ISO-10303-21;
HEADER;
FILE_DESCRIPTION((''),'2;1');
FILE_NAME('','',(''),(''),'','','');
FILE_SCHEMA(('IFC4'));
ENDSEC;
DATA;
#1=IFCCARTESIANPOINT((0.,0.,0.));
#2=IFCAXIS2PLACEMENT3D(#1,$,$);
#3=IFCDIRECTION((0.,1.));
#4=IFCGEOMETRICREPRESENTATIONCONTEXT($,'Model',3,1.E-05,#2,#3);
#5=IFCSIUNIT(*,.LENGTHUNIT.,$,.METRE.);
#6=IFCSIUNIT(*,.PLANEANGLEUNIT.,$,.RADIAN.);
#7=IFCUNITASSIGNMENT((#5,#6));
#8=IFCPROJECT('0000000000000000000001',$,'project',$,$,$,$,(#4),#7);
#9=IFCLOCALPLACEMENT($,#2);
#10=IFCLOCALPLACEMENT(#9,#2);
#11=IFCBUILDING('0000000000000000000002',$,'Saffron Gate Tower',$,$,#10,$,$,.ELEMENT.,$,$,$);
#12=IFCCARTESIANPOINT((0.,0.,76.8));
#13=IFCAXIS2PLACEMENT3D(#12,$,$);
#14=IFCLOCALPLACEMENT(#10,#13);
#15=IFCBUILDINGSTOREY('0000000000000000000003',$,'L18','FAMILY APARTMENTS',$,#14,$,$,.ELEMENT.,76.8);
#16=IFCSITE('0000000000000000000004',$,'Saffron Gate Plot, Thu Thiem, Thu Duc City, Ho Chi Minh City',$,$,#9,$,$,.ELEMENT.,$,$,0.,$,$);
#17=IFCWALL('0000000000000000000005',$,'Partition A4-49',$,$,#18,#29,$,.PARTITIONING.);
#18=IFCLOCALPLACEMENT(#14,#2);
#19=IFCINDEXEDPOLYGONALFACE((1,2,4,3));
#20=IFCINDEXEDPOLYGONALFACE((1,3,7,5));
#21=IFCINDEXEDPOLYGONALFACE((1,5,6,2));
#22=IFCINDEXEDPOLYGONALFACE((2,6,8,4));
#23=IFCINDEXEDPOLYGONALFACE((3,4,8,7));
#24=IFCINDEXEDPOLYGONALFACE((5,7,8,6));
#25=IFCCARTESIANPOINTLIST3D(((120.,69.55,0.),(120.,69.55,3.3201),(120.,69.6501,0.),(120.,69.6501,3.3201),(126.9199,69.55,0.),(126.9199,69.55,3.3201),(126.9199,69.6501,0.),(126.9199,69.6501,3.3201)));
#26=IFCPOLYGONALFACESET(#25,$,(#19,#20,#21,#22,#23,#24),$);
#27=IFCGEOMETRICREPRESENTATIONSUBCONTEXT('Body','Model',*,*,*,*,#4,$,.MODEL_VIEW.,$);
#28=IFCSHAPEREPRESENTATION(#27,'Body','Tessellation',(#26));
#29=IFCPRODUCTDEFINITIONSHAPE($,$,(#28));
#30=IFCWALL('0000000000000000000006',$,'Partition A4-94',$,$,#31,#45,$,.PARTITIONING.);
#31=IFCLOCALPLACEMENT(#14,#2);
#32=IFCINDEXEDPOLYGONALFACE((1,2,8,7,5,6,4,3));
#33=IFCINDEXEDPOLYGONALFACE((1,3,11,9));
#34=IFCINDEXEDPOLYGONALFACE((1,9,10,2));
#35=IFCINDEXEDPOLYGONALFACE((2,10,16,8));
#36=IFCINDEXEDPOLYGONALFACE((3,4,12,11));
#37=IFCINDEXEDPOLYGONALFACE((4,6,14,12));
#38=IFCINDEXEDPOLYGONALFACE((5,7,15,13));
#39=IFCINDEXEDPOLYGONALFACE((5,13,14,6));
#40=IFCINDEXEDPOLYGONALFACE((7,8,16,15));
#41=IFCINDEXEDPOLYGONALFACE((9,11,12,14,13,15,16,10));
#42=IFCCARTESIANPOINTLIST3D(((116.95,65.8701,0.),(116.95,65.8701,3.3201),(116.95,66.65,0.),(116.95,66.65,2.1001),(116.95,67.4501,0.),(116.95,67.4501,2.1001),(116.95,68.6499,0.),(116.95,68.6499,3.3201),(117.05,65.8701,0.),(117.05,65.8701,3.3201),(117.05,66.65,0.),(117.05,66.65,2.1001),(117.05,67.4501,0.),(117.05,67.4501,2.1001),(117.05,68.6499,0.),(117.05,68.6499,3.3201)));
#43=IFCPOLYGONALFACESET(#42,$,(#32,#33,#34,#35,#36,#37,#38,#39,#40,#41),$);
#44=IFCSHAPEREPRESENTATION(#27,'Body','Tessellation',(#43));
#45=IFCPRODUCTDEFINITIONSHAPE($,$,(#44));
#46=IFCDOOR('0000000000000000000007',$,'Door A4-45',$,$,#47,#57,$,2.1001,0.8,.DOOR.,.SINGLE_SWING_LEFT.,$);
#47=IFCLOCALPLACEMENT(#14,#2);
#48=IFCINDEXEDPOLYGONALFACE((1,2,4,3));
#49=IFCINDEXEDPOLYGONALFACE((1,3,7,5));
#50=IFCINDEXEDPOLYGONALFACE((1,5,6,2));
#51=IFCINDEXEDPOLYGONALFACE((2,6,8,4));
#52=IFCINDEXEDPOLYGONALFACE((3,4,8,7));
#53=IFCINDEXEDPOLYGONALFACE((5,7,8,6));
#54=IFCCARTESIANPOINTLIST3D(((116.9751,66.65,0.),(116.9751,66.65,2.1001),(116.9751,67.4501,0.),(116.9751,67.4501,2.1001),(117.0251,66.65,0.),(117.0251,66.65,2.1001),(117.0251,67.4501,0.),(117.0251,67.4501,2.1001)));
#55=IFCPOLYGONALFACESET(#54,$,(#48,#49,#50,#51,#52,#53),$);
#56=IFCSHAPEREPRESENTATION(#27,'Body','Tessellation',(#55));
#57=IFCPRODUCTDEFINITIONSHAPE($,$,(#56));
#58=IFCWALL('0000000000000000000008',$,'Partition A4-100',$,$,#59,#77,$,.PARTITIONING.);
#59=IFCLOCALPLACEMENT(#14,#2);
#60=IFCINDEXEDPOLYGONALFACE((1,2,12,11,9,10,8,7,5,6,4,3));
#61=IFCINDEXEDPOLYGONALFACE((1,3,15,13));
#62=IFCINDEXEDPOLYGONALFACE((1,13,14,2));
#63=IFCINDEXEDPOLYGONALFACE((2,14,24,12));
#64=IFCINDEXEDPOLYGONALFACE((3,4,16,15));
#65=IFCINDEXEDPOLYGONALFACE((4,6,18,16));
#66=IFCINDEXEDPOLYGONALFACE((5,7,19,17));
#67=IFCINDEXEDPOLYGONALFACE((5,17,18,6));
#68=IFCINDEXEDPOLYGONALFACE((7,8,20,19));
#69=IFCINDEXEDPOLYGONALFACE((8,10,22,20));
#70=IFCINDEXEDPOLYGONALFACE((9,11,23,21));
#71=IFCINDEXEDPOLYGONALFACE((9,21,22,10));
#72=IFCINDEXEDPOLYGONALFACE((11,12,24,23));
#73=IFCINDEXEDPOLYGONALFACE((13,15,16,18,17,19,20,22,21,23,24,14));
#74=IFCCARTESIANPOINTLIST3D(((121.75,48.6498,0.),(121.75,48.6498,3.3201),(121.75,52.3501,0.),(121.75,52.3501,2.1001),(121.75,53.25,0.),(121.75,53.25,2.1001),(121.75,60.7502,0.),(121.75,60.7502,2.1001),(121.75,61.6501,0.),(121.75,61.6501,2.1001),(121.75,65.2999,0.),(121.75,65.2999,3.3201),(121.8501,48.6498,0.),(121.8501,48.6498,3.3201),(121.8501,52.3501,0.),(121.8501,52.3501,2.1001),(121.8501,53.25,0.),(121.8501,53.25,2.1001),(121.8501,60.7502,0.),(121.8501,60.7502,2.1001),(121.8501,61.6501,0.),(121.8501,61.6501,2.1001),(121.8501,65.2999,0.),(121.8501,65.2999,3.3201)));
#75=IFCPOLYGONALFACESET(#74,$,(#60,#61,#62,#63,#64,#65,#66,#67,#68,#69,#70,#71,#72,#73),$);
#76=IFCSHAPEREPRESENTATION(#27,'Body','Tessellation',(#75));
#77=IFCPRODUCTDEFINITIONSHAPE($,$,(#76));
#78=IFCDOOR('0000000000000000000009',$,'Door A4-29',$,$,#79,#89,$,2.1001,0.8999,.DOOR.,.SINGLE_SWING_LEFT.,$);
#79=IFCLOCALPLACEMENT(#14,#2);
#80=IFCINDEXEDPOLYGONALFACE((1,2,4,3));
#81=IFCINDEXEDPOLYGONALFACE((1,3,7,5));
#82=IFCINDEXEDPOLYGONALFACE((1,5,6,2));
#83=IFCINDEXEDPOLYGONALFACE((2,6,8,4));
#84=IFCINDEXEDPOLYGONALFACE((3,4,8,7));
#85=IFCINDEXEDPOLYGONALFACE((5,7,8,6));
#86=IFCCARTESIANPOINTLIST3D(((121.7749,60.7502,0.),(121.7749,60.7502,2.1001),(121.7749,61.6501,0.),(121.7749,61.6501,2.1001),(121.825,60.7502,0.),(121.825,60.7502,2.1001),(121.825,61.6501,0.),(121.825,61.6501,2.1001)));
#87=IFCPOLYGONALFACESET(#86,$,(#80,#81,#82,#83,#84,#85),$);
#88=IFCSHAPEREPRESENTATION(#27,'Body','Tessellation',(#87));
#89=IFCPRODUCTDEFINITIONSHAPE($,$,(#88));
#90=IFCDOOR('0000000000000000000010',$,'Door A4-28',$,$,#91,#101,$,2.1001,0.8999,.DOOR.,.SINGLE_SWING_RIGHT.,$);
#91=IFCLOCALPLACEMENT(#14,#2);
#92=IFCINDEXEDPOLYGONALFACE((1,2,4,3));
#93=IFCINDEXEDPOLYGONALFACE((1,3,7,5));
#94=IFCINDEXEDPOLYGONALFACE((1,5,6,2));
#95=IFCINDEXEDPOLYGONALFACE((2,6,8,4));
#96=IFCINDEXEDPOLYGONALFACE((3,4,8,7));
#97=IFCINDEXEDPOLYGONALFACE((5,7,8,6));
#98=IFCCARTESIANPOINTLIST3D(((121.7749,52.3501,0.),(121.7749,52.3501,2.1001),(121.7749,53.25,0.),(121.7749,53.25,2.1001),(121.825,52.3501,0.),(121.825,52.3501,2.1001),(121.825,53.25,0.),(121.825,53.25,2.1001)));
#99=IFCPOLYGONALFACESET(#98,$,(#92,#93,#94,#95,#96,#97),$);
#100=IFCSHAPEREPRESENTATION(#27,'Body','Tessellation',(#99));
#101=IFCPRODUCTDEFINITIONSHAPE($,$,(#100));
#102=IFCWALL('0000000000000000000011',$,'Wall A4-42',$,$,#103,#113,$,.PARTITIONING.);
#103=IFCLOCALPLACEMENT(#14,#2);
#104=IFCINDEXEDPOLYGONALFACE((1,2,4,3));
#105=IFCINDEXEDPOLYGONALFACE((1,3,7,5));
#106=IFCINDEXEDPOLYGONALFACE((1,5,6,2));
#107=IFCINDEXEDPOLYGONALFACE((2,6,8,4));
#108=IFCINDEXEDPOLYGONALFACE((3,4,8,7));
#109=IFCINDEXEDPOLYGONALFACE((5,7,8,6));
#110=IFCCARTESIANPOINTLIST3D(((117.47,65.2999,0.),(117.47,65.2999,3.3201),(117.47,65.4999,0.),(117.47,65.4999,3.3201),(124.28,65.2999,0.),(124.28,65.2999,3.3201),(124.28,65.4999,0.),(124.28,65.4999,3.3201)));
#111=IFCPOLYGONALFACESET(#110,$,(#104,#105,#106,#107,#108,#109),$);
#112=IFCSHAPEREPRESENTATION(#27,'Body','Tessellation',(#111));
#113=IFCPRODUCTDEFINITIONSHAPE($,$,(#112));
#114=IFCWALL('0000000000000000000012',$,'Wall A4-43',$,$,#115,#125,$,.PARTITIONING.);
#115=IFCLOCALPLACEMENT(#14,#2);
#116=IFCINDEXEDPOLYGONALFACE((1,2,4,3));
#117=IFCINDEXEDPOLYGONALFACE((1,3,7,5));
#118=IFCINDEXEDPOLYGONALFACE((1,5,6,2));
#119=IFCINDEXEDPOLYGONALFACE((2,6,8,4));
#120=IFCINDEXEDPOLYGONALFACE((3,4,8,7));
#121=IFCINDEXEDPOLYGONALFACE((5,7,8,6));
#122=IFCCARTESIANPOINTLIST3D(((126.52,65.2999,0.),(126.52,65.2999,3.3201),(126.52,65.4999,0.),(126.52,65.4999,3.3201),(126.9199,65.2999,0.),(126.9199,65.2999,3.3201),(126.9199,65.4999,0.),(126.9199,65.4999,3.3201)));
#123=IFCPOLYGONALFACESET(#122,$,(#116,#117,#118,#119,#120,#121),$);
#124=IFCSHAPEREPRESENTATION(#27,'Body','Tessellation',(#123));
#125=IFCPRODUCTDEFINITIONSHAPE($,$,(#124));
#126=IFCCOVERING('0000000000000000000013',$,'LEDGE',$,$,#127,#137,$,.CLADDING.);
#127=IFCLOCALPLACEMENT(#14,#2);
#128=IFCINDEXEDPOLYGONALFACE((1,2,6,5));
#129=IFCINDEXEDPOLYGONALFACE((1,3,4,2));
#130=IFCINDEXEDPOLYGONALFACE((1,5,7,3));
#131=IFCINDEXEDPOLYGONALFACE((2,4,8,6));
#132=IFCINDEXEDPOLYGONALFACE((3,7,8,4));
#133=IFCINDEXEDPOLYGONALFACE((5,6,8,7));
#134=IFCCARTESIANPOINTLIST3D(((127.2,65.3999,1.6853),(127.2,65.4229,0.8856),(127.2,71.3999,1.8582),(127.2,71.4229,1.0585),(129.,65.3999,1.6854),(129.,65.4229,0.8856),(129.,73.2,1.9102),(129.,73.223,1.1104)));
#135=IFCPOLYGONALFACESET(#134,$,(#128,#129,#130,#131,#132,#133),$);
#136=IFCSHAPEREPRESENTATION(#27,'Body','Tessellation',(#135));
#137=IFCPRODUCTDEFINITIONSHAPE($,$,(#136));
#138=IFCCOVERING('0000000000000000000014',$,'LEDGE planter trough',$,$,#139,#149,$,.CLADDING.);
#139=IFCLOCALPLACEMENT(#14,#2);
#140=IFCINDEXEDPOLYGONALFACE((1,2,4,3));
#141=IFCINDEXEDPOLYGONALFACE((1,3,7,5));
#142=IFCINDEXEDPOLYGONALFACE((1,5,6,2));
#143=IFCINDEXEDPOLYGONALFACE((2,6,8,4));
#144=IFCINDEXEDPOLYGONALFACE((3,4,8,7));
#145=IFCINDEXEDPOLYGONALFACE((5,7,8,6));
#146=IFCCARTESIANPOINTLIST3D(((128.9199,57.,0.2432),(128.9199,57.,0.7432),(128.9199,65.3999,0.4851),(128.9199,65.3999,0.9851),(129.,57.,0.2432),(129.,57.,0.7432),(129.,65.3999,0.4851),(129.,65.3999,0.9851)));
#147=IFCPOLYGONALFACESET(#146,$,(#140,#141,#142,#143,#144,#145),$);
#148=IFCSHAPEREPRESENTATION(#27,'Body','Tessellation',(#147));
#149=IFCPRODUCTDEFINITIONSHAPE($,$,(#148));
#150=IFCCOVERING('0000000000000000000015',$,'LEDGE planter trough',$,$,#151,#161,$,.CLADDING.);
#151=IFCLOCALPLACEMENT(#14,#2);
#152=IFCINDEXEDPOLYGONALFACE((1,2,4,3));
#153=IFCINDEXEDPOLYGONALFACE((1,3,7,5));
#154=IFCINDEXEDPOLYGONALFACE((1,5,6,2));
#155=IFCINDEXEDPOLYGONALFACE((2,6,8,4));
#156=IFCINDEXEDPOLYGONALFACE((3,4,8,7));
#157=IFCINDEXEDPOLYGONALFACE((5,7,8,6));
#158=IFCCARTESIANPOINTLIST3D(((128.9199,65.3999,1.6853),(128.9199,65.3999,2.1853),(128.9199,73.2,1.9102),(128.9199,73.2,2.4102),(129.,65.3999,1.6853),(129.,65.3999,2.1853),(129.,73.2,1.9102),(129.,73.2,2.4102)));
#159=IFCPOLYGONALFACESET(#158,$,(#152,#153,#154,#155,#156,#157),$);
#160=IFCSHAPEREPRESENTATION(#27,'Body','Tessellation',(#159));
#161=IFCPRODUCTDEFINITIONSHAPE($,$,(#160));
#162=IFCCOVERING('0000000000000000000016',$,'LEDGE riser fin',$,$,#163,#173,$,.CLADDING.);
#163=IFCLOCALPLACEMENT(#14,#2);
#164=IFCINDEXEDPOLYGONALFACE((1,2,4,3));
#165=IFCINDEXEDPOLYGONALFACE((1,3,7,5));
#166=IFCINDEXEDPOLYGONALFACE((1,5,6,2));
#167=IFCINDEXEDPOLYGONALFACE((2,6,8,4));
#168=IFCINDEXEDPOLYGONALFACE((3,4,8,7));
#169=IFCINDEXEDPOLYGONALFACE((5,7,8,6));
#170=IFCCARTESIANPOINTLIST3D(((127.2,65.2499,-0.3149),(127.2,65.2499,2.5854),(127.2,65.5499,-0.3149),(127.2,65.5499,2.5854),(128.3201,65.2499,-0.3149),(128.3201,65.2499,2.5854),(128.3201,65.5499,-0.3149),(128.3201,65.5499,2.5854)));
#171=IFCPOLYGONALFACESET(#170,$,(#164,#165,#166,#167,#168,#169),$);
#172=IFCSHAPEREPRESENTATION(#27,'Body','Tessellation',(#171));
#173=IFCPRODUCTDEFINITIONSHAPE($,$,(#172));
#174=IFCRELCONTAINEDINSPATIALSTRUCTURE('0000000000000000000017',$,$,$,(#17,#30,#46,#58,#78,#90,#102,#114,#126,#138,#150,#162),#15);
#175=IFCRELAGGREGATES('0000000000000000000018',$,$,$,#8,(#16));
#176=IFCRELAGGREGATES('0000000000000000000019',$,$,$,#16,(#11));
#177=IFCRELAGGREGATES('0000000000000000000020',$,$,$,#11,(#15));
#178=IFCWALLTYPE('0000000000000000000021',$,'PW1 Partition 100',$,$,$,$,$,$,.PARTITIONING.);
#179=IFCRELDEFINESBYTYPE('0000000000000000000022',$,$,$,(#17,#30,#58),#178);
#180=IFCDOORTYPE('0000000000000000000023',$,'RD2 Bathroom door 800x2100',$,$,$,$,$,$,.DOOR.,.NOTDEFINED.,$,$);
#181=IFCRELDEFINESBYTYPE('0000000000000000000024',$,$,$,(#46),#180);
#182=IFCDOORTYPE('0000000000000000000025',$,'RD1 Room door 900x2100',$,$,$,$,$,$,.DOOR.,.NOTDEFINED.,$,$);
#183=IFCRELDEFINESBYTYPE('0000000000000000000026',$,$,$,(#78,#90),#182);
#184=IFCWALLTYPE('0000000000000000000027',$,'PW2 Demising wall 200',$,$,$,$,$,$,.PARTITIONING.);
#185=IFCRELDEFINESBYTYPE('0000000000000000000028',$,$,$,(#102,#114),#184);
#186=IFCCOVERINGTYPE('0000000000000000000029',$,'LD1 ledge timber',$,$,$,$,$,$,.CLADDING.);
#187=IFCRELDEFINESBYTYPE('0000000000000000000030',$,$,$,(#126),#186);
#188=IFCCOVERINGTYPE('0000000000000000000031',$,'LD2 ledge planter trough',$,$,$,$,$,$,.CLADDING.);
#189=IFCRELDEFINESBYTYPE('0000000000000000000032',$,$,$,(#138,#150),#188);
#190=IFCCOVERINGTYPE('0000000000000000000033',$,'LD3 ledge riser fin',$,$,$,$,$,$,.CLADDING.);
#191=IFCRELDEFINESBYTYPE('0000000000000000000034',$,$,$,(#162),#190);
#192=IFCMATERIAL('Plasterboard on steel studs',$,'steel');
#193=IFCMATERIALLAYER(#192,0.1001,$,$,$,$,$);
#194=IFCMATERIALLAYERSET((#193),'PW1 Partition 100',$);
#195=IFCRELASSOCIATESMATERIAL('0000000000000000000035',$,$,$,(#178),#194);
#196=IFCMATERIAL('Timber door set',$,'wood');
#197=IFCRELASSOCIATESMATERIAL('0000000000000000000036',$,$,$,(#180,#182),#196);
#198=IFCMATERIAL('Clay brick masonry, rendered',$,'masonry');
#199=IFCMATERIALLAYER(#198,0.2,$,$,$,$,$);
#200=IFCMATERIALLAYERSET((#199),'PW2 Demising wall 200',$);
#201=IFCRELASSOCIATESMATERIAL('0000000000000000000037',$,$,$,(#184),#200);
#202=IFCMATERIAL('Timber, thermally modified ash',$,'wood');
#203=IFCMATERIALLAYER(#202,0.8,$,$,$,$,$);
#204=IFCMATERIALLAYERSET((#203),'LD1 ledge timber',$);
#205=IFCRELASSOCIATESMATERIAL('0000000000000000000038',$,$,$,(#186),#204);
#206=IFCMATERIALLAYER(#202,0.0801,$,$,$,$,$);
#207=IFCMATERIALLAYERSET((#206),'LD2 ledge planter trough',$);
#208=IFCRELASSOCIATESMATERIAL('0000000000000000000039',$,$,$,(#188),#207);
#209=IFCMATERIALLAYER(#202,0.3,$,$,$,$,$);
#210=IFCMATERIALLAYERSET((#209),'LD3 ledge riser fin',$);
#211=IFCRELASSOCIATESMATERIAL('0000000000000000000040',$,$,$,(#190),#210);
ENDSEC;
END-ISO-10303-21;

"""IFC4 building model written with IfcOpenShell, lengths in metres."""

from ifc_helpers import new_model, si_unit, direction, frame, frame_2d, origin, origin_2d, place, context, subcontext, project, spatial, polyline, rectangle, outline, extrude, material, layer, layer_set, type_object, element, fill, save


model = new_model("IFC4")

# Units and contexts
model_context = context("Model", 3, precision=1e-05, world=origin(), true_north=direction((0.0, 1.0)))
body_context = subcontext(model_context, "Body", "Model", "MODEL_VIEW")
ifc_project = project(units=[si_unit("LENGTHUNIT", "METRE"), si_unit("PLANEANGLEUNIT", "RADIAN")], contexts=[model_context])

# Site, building, storey
site_placement = place(None, origin())
site = spatial("IfcSite", under=ifc_project, at=site_placement, Name="Saffron Gate Plot, Thu Thiem, Thu Duc City, Ho Chi Minh City", CompositionType="ELEMENT", RefElevation=0.0)
building_placement = place(site_placement, origin())
building = spatial("IfcBuilding", under=site, at=building_placement, Name="Saffron Gate Tower", CompositionType="ELEMENT")
storey_placement = place(building_placement, frame((0.0, 0.0, 76.8)))
storey = spatial("IfcBuildingStorey", under=building, at=storey_placement, Name="L18", Description="FAMILY APARTMENTS", CompositionType="ELEMENT", Elevation=76.8)

# Wall
ifc_material_1 = material(Name="Plasterboard on steel studs", Category="steel")
ifc_layer_1 = layer(ifc_material_1, 0.1001)
ifc_layer_set_1 = layer_set([ifc_layer_1], Name="PW1 Partition 100")
wall_type_1 = type_object("IfcWallType", Name="PW1 Partition 100", PredefinedType="PARTITIONING", material=ifc_layer_set_1)
wall_1_placement = place(storey_placement, frame((120.0, 69.6001, 0.0), z_axis=(0.0, 0.0, 1.0), x_axis=(1.0, 0.0, 0.0)))
element("IfcWall", 1, at=wall_1_placement, inside=storey, type_object=wall_type_1, Name="Partition A4-49", PredefinedType="PARTITIONING", context=body_context, shape_type="SweptSolid", body=[
    extrude(rectangle(XDim=6.9199, YDim=0.1001, at=frame_2d((3.46, 0.0))), origin(), (0.0, 0.0, 1.0), 3.3201),
])

# Wall, opening, door
wall_2_placement = place(storey_placement, frame((117.0, 65.8701, 0.0), z_axis=(0.0, 0.0, 1.0), x_axis=(0.0, 1.0, 0.0)))
wall_2 = element("IfcWall", 2, at=wall_2_placement, inside=storey, type_object=wall_type_1, Name="Partition A4-94", PredefinedType="PARTITIONING", context=body_context, shape_type="SweptSolid", body=[
    extrude(rectangle(XDim=2.7798, YDim=0.1001, at=frame_2d((1.3899, 0.0))), origin(), (0.0, 0.0, 1.0), 3.3201),
])
opening_1_placement = place(wall_2_placement, frame((0.78, 0.0, 0.0)))
opening_1 = element("IfcOpeningElement", 3, at=opening_1_placement, cuts=wall_2, PredefinedType="OPENING", context=body_context, shape_type="SweptSolid", body=[
    extrude(rectangle(XDim=0.8, YDim=2.1001, at=frame_2d((0.3999, 1.05))), frame((0.0, 0.0601, 0.0), z_axis=(0.0, -1.0, 0.0), x_axis=(1.0, 0.0, 0.0)), (0.0, 0.0, 1.0), 0.1201),
])
ifc_material_2 = material(Name="Timber door set", Category="wood")
door_type_1 = type_object("IfcDoorType", Name="RD2 Bathroom door 800x2100", OperationType="NOTDEFINED", PredefinedType="DOOR", material=ifc_material_2)
door_1_placement = place(opening_1_placement, origin())
door_1 = element("IfcDoor", 4, at=door_1_placement, inside=storey, type_object=door_type_1, Name="Door A4-45", OperationType="SINGLE_SWING_LEFT", OverallHeight=2.1001, OverallWidth=0.8, PredefinedType="DOOR", context=body_context, shape_type="SweptSolid", body=[
    extrude(rectangle(XDim=0.8, YDim=2.1001, at=frame_2d((0.3999, 1.05))), frame((0.0, 0.0249, 0.0), z_axis=(0.0, -1.0, 0.0), x_axis=(1.0, 0.0, 0.0)), (0.0, 0.0, 1.0), 0.05),
])
fill(opening_1, door_1)

# Wall, openings, doors
wall_3_placement = place(storey_placement, frame((121.8, 65.3, 0.0), z_axis=(0.0, 0.0, 1.0), x_axis=(0.0, -1.0, 0.0)))
wall_3 = element("IfcWall", 5, at=wall_3_placement, inside=storey, type_object=wall_type_1, Name="Partition A4-100", PredefinedType="PARTITIONING", context=body_context, shape_type="SweptSolid", body=[
    extrude(rectangle(XDim=16.6501, YDim=0.1001, at=frame_2d((8.3252, 0.0))), origin(), (0.0, 0.0, 1.0), 3.3201),
])
opening_2_placement = place(wall_3_placement, frame((3.6499, 0.0, 0.0)))
opening_2 = element("IfcOpeningElement", 6, at=opening_2_placement, cuts=wall_3, PredefinedType="OPENING", context=body_context, shape_type="SweptSolid", body=[
    extrude(rectangle(XDim=0.8999, YDim=2.1001, at=frame_2d((0.45, 1.05))), frame((0.0, 0.0601, 0.0), z_axis=(0.0, -1.0, 0.0), x_axis=(1.0, 0.0, 0.0)), (0.0, 0.0, 1.0), 0.1201),
])
opening_3_placement = place(wall_3_placement, frame((12.05, 0.0, 0.0)))
opening_3 = element("IfcOpeningElement", 7, at=opening_3_placement, cuts=wall_3, PredefinedType="OPENING", context=body_context, shape_type="SweptSolid", body=[
    extrude(rectangle(XDim=0.8999, YDim=2.1001, at=frame_2d((0.45, 1.05))), frame((0.0, 0.0601, 0.0), z_axis=(0.0, -1.0, 0.0), x_axis=(1.0, 0.0, 0.0)), (0.0, 0.0, 1.0), 0.1201),
])
door_type_2 = type_object("IfcDoorType", Name="RD1 Room door 900x2100", OperationType="NOTDEFINED", PredefinedType="DOOR", material=ifc_material_2)
door_2_placement = place(opening_2_placement, origin())
door_2 = element("IfcDoor", 8, at=door_2_placement, inside=storey, type_object=door_type_2, Name="Door A4-29", OperationType="SINGLE_SWING_LEFT", OverallHeight=2.1001, OverallWidth=0.8999, PredefinedType="DOOR", context=body_context, shape_type="SweptSolid", body=[
    extrude(rectangle(XDim=0.8999, YDim=2.1001, at=frame_2d((0.45, 1.05))), frame((0.0, 0.0249, 0.0), z_axis=(0.0, -1.0, 0.0), x_axis=(1.0, 0.0, 0.0)), (0.0, 0.0, 1.0), 0.05),
])
fill(opening_2, door_2)
door_3_placement = place(opening_3_placement, origin())
door_3 = element("IfcDoor", 9, at=door_3_placement, inside=storey, type_object=door_type_2, Name="Door A4-28", OperationType="SINGLE_SWING_RIGHT", OverallHeight=2.1001, OverallWidth=0.8999, PredefinedType="DOOR", context=body_context, shape_type="SweptSolid", body=[
    extrude(rectangle(XDim=0.8999, YDim=2.1001, at=frame_2d((0.45, 1.05))), frame((0.0, 0.0249, 0.0), z_axis=(0.0, -1.0, 0.0), x_axis=(1.0, 0.0, 0.0)), (0.0, 0.0, 1.0), 0.05),
])
fill(opening_3, door_3)

# Walls
ifc_material_3 = material(Name="Clay brick masonry, rendered", Category="masonry")
ifc_layer_2 = layer(ifc_material_3, 0.2)
ifc_layer_set_2 = layer_set([ifc_layer_2], Name="PW2 Demising wall 200")
wall_type_2 = type_object("IfcWallType", Name="PW2 Demising wall 200", PredefinedType="PARTITIONING", material=ifc_layer_set_2)
wall_4_placement = place(storey_placement, frame((117.47, 65.3999, 0.0), z_axis=(0.0, 0.0, 1.0), x_axis=(1.0, 0.0, 0.0)))
element("IfcWall", 10, at=wall_4_placement, inside=storey, type_object=wall_type_2, Name="Wall A4-42", PredefinedType="PARTITIONING", context=body_context, shape_type="SweptSolid", body=[
    extrude(rectangle(XDim=6.8101, YDim=0.2, at=frame_2d((3.405, 0.0))), origin(), (0.0, 0.0, 1.0), 3.3201),
])
wall_5_placement = place(storey_placement, frame((126.52, 65.3999, 0.0), z_axis=(0.0, 0.0, 1.0), x_axis=(1.0, 0.0, 0.0)))
element("IfcWall", 11, at=wall_5_placement, inside=storey, type_object=wall_type_2, Name="Wall A4-43", PredefinedType="PARTITIONING", context=body_context, shape_type="SweptSolid", body=[
    extrude(rectangle(XDim=0.3999, YDim=0.2, at=frame_2d((0.2, 0.0))), origin(), (0.0, 0.0, 1.0), 3.3201),
])

# Coverings
ifc_material_4 = material(Name="Timber, thermally modified ash", Category="wood")
ifc_layer_3 = layer(ifc_material_4, 0.8)
ifc_layer_set_3 = layer_set([ifc_layer_3], Name="LD1 ledge timber")
covering_type_1 = type_object("IfcCoveringType", Name="LD1 ledge timber", PredefinedType="CLADDING", material=ifc_layer_set_3)
covering_1_placement = place(storey_placement, frame((127.2, 65.3999, 1.6853), z_axis=(-0.000035, -0.028807, 0.999585), x_axis=(0.0, 0.999585, 0.028807)))
element("IfcCovering", 12, at=covering_1_placement, inside=storey, type_object=covering_type_1, Name="LEDGE", PredefinedType="CLADDING", context=body_context, shape_type="SweptSolid", body=[
    extrude(outline(polyline([(0.0, 0.0), (6.0025, 0.0), (7.8033, -1.8), (0.0, -1.8), (0.0, 0.0)])), origin(), (0.0, 0.0, -1.0), 0.8),
])
ifc_layer_4 = layer(ifc_material_4, 0.0801)
ifc_layer_set_4 = layer_set([ifc_layer_4], Name="LD2 ledge planter trough")
covering_type_2 = type_object("IfcCoveringType", Name="LD2 ledge planter trough", PredefinedType="CLADDING", material=ifc_layer_set_4)
covering_2_placement = place(storey_placement, frame((129.0, 57.0, 0.2432), z_axis=(1.0, 0.0, 0.0), x_axis=(0.0, 0.999585, 0.028791)))
element("IfcCovering", 13, at=covering_2_placement, inside=storey, type_object=covering_type_2, Name="LEDGE planter trough", PredefinedType="CLADDING", context=body_context, shape_type="SweptSolid", body=[
    extrude(outline(polyline([(0.0, 0.0), (8.4034, 0.0), (8.4178, 0.4998), (0.0144, 0.4998), (0.0, 0.0)])), origin(), (0.0, 0.0, -1.0), 0.0801),
])
covering_3_placement = place(storey_placement, frame((129.0, 65.3999, 1.6853), z_axis=(1.0, 0.0, 0.0), x_axis=(0.0, 0.999585, 0.028815)))
element("IfcCovering", 14, at=covering_3_placement, inside=storey, type_object=covering_type_2, Name="LEDGE planter trough", PredefinedType="CLADDING", context=body_context, shape_type="SweptSolid", body=[
    extrude(outline(polyline([(0.0, 0.0), (7.8033, 0.0), (7.8177, 0.4998), (0.0144, 0.4998), (0.0, 0.0)])), origin(), (0.0, 0.0, -1.0), 0.0801),
])
ifc_layer_5 = layer(ifc_material_4, 0.3)
ifc_layer_set_5 = layer_set([ifc_layer_5], Name="LD3 ledge riser fin")
covering_type_3 = type_object("IfcCoveringType", Name="LD3 ledge riser fin", PredefinedType="CLADDING", material=ifc_layer_set_5)
covering_4_placement = place(storey_placement, frame((127.76, 65.3999, -0.3149), z_axis=(0.0, 0.0, 1.0), x_axis=(0.0, 1.0, 0.0)))
element("IfcCovering", 15, at=covering_4_placement, inside=storey, type_object=covering_type_3, Name="LEDGE riser fin", PredefinedType="CLADDING", context=body_context, shape_type="SweptSolid", body=[
    extrude(rectangle(XDim=0.3, YDim=1.1201, at=origin_2d()), origin(), (0.0, 0.0, 1.0), 2.9004),
])

save(model, "model.ifc")
